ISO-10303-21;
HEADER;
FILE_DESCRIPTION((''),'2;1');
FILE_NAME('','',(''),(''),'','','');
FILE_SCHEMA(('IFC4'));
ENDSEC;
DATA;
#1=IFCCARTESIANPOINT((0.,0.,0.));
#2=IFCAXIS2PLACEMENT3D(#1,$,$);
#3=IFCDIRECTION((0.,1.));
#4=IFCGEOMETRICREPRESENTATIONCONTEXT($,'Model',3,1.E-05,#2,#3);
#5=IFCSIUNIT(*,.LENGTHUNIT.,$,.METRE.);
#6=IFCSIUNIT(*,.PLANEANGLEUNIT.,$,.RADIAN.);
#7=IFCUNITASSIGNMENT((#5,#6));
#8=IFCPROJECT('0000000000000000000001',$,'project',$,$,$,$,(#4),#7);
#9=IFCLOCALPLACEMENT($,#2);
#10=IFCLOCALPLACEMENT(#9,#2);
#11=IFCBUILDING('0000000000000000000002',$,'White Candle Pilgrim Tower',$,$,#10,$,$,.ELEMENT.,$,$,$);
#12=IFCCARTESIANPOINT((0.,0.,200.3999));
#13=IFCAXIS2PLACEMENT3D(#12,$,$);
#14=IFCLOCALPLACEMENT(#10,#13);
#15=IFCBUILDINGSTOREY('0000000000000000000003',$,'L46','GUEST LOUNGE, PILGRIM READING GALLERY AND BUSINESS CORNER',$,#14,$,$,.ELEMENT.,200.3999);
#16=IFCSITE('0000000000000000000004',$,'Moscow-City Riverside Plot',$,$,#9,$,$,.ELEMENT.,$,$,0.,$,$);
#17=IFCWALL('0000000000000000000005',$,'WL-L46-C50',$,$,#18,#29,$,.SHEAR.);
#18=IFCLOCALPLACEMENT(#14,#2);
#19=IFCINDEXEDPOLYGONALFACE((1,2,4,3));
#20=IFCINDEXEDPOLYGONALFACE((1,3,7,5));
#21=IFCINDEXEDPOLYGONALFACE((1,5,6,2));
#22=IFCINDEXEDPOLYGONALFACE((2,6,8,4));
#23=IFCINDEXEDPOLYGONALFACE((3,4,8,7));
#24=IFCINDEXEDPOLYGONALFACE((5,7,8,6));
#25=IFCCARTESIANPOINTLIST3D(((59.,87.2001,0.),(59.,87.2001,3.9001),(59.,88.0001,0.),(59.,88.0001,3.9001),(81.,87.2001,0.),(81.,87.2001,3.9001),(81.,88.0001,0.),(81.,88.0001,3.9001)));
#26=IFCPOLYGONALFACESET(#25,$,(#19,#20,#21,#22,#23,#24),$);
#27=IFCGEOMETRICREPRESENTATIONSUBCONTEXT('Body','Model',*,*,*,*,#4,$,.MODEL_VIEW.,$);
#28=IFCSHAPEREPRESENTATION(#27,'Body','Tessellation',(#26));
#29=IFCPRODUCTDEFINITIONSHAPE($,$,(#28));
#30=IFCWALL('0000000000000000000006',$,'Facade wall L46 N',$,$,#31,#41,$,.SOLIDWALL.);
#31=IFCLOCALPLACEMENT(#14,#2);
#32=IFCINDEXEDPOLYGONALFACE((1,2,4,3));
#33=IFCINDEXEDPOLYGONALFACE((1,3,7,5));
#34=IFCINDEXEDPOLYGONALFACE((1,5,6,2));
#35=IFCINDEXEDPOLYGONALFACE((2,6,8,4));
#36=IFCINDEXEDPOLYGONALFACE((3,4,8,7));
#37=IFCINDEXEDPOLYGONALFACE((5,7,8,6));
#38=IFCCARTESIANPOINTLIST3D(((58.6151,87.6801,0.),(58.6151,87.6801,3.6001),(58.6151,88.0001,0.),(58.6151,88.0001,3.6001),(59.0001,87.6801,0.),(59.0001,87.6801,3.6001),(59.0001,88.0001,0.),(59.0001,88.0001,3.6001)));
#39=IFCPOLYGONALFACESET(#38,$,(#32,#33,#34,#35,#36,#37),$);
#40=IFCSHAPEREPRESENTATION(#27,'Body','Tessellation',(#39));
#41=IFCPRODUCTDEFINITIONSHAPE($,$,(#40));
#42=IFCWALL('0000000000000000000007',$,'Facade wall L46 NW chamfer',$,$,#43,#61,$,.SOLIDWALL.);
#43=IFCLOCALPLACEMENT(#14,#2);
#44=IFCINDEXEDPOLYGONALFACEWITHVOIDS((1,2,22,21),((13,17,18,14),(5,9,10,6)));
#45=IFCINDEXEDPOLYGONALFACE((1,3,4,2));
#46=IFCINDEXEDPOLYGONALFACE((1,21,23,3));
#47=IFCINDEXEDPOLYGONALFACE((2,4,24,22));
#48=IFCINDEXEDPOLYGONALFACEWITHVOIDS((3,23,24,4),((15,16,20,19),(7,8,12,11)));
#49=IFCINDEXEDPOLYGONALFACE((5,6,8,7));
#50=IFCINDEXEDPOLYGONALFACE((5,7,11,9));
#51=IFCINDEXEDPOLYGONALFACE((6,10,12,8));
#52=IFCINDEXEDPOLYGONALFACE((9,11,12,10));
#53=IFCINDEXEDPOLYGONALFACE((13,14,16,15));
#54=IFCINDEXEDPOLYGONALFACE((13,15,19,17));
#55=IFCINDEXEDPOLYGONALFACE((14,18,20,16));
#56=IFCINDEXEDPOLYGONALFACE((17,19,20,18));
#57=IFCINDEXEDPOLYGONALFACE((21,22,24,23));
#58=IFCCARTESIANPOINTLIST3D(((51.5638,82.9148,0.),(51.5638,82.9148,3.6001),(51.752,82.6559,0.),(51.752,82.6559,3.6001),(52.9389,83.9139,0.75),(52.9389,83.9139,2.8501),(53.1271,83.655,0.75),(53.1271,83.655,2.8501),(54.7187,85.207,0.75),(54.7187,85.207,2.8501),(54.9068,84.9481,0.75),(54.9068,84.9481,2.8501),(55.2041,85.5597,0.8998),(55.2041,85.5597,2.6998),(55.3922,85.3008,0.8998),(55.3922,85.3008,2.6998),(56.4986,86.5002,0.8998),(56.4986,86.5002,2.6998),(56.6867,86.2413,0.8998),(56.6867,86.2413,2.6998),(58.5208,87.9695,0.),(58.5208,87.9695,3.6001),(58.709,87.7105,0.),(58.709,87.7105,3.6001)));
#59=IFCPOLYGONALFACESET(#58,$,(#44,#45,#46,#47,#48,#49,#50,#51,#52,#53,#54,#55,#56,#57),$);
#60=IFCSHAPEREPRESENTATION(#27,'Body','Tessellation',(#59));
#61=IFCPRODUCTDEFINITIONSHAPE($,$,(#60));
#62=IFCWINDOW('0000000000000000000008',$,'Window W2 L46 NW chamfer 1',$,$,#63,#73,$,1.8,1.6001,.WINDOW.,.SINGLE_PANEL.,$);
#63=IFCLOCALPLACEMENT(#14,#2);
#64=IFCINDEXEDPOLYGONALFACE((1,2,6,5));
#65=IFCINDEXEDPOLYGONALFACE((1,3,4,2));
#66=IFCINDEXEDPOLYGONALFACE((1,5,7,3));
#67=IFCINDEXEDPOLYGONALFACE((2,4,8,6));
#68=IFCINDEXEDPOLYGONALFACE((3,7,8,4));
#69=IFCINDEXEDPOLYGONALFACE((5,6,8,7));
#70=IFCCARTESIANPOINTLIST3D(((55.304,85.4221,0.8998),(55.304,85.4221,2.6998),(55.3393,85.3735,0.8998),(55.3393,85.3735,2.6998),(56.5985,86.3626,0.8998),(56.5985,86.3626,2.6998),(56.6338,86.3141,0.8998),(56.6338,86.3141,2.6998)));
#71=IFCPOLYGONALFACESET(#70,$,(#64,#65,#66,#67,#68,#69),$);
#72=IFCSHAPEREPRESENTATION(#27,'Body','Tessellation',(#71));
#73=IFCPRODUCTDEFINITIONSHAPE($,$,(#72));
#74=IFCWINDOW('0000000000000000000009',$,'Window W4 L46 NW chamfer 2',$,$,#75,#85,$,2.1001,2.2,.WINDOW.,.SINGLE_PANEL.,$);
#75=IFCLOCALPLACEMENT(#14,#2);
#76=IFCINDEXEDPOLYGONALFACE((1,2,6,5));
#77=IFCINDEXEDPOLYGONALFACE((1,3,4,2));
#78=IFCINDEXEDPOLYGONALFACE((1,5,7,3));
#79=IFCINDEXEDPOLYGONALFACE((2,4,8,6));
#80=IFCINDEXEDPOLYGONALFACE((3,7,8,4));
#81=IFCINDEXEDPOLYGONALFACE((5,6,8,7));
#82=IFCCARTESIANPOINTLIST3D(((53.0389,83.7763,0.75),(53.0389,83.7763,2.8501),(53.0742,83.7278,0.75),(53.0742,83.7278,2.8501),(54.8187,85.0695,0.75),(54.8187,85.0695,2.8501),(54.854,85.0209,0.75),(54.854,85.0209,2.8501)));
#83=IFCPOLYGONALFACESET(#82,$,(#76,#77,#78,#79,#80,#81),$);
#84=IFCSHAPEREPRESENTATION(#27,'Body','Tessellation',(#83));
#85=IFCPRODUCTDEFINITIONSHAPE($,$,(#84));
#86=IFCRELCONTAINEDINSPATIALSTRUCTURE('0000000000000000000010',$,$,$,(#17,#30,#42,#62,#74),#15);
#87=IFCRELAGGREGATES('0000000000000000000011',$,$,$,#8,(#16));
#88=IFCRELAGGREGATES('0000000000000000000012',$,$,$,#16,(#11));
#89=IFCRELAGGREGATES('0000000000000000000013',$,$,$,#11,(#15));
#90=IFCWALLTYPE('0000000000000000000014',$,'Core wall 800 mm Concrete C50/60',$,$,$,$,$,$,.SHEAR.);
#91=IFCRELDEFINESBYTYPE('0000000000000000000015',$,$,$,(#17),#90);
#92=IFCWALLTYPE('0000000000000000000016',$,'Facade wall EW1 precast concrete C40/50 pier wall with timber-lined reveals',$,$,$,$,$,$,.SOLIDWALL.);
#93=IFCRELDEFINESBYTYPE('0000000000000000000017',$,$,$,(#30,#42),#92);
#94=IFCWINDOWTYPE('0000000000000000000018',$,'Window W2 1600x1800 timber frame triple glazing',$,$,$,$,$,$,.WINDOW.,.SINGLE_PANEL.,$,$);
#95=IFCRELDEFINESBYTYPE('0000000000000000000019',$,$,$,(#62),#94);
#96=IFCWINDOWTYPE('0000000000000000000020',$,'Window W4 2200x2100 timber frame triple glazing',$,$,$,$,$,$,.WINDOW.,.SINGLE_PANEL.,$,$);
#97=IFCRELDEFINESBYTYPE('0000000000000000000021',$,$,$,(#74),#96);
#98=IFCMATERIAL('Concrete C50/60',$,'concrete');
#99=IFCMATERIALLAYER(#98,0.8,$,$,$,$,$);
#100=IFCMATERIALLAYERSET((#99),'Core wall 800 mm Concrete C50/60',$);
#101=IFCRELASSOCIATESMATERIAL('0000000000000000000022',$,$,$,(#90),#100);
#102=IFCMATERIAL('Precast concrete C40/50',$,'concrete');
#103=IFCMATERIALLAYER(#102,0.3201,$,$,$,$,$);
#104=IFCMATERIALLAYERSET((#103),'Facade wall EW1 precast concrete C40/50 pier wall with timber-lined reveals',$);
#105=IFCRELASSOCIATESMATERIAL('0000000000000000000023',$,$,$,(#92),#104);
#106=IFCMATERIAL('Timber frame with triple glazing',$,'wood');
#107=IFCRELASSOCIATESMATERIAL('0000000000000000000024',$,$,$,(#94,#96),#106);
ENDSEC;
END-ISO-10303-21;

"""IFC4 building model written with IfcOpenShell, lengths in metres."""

from ifc_helpers import new_model, si_unit, direction, frame, frame_2d, origin, place, context, subcontext, project, spatial, rectangle, extrude, material, layer, layer_set, type_object, element, fill, save


model = new_model("IFC4")

# Units and contexts
model_context = context("Model", 3, precision=1e-05, world=origin(), true_north=direction((0.0, 1.0)))
body_context = subcontext(model_context, "Body", "Model", "MODEL_VIEW")
ifc_project = project(units=[si_unit("LENGTHUNIT", "METRE"), si_unit("PLANEANGLEUNIT", "RADIAN")], contexts=[model_context])

# Site, building, storey
site_placement = place(None, origin())
site = spatial("IfcSite", under=ifc_project, at=site_placement, Name="Moscow-City Riverside Plot", CompositionType="ELEMENT", RefElevation=0.0)
building_placement = place(site_placement, origin())
building = spatial("IfcBuilding", under=site, at=building_placement, Name="White Candle Pilgrim Tower", CompositionType="ELEMENT")
storey_placement = place(building_placement, frame((0.0, 0.0, 200.3999)))
storey = spatial("IfcBuildingStorey", under=building, at=storey_placement, Name="L46", Description="GUEST LOUNGE, PILGRIM READING GALLERY AND BUSINESS CORNER", CompositionType="ELEMENT", Elevation=200.3999)

# Shared definitions
ifc_material_1 = material(Name="Concrete C50/60", Category="concrete")

# Walls
ifc_layer_1 = layer(ifc_material_1, 0.8)
ifc_layer_set_1 = layer_set([ifc_layer_1], Name="Core wall 800 mm Concrete C50/60")
wall_type_1 = type_object("IfcWallType", Name="Core wall 800 mm Concrete C50/60", PredefinedType="SHEAR", material=ifc_layer_set_1)
wall_1_placement = place(storey_placement, frame((59.0, 87.6001, 0.0), z_axis=(0.0, 0.0, 1.0), x_axis=(1.0, 0.0, 0.0)))
element("IfcWall", 1, at=wall_1_placement, inside=storey, type_object=wall_type_1, Name="WL-L46-C50", PredefinedType="SHEAR", context=body_context, shape_type="SweptSolid", body=[
    extrude(rectangle(XDim=22.0, YDim=0.8, at=frame_2d((11.0, 0.0))), origin(), (0.0, 0.0, 1.0), 3.9001),
])
ifc_material_2 = material(Name="Precast concrete C40/50", Category="concrete")
ifc_layer_2 = layer(ifc_material_2, 0.3201)
ifc_layer_set_2 = layer_set([ifc_layer_2], Name="Facade wall EW1 precast concrete C40/50 pier wall with timber-lined reveals")
wall_type_2 = type_object("IfcWallType", Name="Facade wall EW1 precast concrete C40/50 pier wall with timber-lined reveals", PredefinedType="SOLIDWALL", material=ifc_layer_set_2)
wall_2_placement = place(storey_placement, frame((59.0, 87.8401, 0.0), z_axis=(0.0, 0.0, 1.0), x_axis=(-1.0, 0.0, 0.0)))
element("IfcWall", 2, at=wall_2_placement, inside=storey, type_object=wall_type_2, Name="Facade wall L46 N", PredefinedType="SOLIDWALL", context=body_context, shape_type="SweptSolid", body=[
    extrude(rectangle(XDim=0.385, YDim=0.3201, at=frame_2d((0.1924, 0.0))), origin(), (0.0, 0.0, 1.0), 3.6001),
])

# Wall, openings, windows
wall_3_placement = place(storey_placement, frame((58.615, 87.8401, 0.0), z_axis=(0.0, 0.0, 1.0), x_axis=(-0.809011, -0.587794, 0.0)))
wall_3 = element("IfcWall", 3, at=wall_3_placement, inside=storey, type_object=wall_type_2, Name="Facade wall L46 NW chamfer", PredefinedType="SOLIDWALL", context=body_context, shape_type="SweptSolid", body=[
    extrude(rectangle(XDim=8.5994, YDim=0.3201, at=frame_2d((4.2998, 0.0))), origin(), (0.0, 0.0, 1.0), 3.6001),
])
opening_1_placement = place(wall_3_placement, frame((2.4998, 0.0, 0.8999)))
opening_1 = element("IfcOpeningElement", 4, at=opening_1_placement, cuts=wall_3, PredefinedType="OPENING", context=body_context, shape_type="SweptSolid", body=[
    extrude(rectangle(XDim=1.6001, YDim=1.8, at=frame_2d((0.8, 0.8999))), frame((0.0, 0.1699, 0.0), z_axis=(0.0, -1.0, 0.0), x_axis=(1.0, 0.0, 0.0)), (0.0, 0.0, 1.0), 0.3401),
])
opening_2_placement = place(wall_3_placement, frame((4.6997, 0.0, 0.75)))
opening_2 = element("IfcOpeningElement", 5, at=opening_2_placement, cuts=wall_3, PredefinedType="OPENING", context=body_context, shape_type="SweptSolid", body=[
    extrude(rectangle(XDim=2.2, YDim=2.1001, at=frame_2d((1.1001, 1.05))), frame((0.0, 0.1699, 0.0), z_axis=(0.0, -1.0, 0.0), x_axis=(1.0, 0.0, 0.0)), (0.0, 0.0, 1.0), 0.3401),
])
ifc_material_3 = material(Name="Timber frame with triple glazing", Category="wood")
window_type_1 = type_object("IfcWindowType", Name="Window W2 1600x1800 timber frame triple glazing", PartitioningType="SINGLE_PANEL", PredefinedType="WINDOW", material=ifc_material_3)
window_1_placement = place(opening_1_placement, origin())
window_1 = element("IfcWindow", 6, at=window_1_placement, inside=storey, type_object=window_type_1, Name="Window W2 L46 NW chamfer 1", OverallHeight=1.8, OverallWidth=1.6001, PartitioningType="SINGLE_PANEL", PredefinedType="WINDOW", context=body_context, shape_type="SweptSolid", body=[
    extrude(rectangle(XDim=1.6001, YDim=1.8, at=frame_2d((0.8, 0.8999))), frame((0.0, 0.0701, 0.0), z_axis=(0.0, -1.0, 0.0), x_axis=(1.0, 0.0, 0.0)), (0.0, 0.0, 1.0), 0.0601),
])
fill(opening_1, window_1)
window_type_2 = type_object("IfcWindowType", Name="Window W4 2200x2100 timber frame triple glazing", PartitioningType="SINGLE_PANEL", PredefinedType="WINDOW", material=ifc_material_3)
window_2_placement = place(opening_2_placement, origin())
window_2 = element("IfcWindow", 7, at=window_2_placement, inside=storey, type_object=window_type_2, Name="Window W4 L46 NW chamfer 2", OverallHeight=2.1001, OverallWidth=2.2, PartitioningType="SINGLE_PANEL", PredefinedType="WINDOW", context=body_context, shape_type="SweptSolid", body=[
    extrude(rectangle(XDim=2.2, YDim=2.1001, at=frame_2d((1.1001, 1.05))), frame((0.0, 0.0701, 0.0), z_axis=(0.0, -1.0, 0.0), x_axis=(1.0, 0.0, 0.0)), (0.0, 0.0, 1.0), 0.0601),
])
fill(opening_2, window_2)

save(model, "model.ifc")
